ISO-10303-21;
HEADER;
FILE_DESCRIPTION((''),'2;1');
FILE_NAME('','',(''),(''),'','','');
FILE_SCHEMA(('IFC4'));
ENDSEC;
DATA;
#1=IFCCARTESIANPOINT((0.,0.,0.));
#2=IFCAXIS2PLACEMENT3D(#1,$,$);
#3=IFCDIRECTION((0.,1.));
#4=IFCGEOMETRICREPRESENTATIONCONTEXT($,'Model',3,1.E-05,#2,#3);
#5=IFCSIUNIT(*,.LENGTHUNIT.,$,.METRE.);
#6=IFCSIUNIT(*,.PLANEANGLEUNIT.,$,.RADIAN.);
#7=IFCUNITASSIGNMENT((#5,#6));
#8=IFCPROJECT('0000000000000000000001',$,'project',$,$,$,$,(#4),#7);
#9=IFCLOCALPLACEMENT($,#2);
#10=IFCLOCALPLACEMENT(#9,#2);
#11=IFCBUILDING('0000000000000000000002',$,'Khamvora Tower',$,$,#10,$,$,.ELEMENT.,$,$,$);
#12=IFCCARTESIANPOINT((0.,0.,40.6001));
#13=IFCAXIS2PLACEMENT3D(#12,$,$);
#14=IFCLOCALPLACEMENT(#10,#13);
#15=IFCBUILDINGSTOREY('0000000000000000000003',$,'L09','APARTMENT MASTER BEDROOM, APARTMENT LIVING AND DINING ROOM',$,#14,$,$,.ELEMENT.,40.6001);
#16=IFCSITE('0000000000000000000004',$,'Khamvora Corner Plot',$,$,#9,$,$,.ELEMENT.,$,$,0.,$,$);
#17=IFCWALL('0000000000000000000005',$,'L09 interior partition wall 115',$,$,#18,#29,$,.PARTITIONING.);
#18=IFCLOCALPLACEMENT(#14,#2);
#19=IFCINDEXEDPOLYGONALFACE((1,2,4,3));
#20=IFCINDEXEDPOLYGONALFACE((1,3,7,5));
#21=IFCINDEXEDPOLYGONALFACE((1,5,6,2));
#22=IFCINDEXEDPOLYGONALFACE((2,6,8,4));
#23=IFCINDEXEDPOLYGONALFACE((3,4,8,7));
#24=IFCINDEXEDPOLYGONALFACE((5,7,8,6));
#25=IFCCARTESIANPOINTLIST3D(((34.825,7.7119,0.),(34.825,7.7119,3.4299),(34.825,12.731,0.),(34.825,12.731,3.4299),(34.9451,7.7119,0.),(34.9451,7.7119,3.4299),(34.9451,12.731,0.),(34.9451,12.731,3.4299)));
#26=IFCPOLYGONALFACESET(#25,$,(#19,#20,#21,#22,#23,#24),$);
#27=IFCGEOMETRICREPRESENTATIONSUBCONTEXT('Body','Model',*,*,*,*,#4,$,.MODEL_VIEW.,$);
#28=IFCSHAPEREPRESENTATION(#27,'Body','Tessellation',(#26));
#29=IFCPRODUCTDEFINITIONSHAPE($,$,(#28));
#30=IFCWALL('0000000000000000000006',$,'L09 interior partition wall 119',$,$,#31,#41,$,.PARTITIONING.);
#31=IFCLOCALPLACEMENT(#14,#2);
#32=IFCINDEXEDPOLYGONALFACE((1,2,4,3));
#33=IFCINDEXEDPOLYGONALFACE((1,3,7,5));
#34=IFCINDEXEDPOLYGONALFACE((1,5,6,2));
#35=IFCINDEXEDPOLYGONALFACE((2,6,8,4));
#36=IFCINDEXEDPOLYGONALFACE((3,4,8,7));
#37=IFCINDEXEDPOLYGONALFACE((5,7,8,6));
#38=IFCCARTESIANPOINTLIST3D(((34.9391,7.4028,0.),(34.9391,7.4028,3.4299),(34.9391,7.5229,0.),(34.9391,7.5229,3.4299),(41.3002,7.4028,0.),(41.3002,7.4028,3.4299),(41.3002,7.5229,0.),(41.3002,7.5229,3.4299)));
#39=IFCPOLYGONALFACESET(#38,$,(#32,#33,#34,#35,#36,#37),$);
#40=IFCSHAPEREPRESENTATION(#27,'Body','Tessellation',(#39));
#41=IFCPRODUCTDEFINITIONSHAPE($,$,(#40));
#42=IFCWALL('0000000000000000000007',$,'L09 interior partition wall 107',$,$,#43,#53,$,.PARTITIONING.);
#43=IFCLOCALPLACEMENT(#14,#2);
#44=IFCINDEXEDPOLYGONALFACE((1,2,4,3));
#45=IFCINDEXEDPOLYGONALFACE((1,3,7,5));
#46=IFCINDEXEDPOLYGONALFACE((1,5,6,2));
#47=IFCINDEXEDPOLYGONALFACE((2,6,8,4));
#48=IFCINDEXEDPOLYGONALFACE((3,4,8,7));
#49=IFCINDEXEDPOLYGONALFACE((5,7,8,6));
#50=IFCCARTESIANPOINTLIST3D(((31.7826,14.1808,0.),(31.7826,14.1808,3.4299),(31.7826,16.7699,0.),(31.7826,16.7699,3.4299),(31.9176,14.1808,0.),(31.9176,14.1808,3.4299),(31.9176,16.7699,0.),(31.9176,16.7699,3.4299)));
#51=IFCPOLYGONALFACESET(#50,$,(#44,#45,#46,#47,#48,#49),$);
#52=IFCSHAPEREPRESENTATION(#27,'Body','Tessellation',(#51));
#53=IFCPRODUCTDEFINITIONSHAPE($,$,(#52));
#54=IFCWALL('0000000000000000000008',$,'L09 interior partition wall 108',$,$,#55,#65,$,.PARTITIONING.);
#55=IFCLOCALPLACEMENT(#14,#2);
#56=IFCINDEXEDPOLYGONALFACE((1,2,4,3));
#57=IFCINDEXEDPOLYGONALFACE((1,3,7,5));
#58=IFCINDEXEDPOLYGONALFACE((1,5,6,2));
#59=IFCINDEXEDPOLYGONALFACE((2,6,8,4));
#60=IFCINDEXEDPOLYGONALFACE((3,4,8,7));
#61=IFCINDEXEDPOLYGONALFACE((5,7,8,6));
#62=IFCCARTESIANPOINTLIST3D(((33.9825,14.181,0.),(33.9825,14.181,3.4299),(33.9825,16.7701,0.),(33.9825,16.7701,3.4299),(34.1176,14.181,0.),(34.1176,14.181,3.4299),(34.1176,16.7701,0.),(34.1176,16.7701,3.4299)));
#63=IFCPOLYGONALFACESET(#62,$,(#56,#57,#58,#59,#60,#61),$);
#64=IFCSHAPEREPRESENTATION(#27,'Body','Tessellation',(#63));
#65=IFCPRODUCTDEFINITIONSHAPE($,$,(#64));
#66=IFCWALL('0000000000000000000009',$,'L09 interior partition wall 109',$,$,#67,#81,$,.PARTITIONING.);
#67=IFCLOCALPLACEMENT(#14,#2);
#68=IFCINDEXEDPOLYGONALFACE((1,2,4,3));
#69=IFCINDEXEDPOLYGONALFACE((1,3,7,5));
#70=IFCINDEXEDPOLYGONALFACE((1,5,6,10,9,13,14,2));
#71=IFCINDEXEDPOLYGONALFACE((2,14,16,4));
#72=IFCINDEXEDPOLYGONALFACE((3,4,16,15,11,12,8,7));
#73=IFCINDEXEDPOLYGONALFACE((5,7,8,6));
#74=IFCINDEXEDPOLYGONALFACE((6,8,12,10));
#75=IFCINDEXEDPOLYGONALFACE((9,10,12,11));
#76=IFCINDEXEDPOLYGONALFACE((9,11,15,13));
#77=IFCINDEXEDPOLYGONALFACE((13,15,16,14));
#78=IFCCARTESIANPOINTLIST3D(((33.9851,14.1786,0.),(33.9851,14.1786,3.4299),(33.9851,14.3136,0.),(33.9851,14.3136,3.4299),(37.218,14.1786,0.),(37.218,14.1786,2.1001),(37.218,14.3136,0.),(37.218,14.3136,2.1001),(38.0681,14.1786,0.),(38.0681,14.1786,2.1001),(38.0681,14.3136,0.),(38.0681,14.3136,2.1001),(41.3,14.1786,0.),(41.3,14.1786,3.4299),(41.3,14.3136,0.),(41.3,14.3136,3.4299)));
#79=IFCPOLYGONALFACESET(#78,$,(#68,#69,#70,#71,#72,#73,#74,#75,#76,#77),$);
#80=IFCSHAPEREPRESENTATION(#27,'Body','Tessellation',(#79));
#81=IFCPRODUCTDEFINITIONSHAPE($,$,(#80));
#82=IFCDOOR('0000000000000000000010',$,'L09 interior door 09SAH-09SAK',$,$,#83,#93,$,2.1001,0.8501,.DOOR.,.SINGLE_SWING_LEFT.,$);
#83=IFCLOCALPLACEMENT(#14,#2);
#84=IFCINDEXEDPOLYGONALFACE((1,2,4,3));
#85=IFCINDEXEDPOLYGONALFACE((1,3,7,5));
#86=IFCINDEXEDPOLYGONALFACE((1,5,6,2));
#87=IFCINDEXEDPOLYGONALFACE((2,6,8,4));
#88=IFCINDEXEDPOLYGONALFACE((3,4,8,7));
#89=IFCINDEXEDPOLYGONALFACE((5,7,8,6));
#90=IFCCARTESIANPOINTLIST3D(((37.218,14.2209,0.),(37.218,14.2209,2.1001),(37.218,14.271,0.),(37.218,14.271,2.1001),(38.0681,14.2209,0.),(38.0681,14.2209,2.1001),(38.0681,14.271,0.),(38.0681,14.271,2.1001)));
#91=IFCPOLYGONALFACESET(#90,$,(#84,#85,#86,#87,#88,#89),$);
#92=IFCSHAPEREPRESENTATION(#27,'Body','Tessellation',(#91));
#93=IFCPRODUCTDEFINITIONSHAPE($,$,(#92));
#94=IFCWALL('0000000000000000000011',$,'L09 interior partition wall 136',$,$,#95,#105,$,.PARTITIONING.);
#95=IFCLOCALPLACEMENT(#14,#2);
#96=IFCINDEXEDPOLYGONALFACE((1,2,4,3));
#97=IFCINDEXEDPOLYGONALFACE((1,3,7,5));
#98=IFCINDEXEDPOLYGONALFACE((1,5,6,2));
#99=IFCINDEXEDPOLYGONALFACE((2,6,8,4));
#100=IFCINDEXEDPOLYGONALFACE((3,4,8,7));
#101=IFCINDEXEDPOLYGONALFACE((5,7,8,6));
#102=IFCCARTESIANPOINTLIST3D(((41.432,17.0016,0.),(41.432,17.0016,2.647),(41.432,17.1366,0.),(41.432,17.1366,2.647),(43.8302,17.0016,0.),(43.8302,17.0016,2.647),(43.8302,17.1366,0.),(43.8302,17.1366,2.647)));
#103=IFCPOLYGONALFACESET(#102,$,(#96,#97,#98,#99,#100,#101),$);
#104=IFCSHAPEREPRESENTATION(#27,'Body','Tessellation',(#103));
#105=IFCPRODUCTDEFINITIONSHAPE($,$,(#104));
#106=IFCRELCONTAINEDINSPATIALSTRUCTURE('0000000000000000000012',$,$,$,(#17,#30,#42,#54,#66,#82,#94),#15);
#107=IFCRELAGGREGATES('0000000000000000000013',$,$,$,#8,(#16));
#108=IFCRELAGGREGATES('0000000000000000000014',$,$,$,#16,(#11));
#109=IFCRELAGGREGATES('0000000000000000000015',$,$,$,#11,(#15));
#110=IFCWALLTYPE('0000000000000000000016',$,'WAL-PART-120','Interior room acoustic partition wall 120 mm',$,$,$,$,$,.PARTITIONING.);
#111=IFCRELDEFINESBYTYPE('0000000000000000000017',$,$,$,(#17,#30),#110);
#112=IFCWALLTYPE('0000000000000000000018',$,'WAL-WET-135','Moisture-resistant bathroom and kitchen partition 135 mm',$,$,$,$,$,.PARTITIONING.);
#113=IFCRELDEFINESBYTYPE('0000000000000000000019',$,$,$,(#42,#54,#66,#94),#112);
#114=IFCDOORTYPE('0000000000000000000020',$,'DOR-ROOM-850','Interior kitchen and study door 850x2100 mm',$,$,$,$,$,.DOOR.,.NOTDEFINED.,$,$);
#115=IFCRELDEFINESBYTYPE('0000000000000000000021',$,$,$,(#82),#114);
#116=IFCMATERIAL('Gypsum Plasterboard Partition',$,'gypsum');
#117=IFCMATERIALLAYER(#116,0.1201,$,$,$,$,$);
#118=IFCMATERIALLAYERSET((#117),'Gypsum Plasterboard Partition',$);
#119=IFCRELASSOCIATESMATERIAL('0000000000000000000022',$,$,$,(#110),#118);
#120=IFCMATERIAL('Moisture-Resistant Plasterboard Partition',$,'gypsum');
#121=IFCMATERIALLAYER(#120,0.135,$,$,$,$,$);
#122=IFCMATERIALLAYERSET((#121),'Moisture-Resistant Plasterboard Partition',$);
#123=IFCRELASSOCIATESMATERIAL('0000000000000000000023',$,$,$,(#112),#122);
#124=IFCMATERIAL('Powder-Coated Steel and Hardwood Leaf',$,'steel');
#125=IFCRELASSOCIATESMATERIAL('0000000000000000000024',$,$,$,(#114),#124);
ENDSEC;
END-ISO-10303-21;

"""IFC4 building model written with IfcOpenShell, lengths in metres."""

from ifc_helpers import new_model, si_unit, direction, frame, frame_2d, origin, place, context, subcontext, project, spatial, rectangle, extrude, material, layer, layer_set, type_object, element, fill, save


model = new_model("IFC4")

# Units and contexts
model_context = context("Model", 3, precision=1e-05, world=origin(), true_north=direction((0.0, 1.0)))
body_context = subcontext(model_context, "Body", "Model", "MODEL_VIEW")
ifc_project = project(units=[si_unit("LENGTHUNIT", "METRE"), si_unit("PLANEANGLEUNIT", "RADIAN")], contexts=[model_context])

# Site, building, storey
site_placement = place(None, origin())
site = spatial("IfcSite", under=ifc_project, at=site_placement, Name="Khamvora Corner Plot", CompositionType="ELEMENT", RefElevation=0.0)
building_placement = place(site_placement, origin())
building = spatial("IfcBuilding", under=site, at=building_placement, Name="Khamvora Tower", CompositionType="ELEMENT")
storey_placement = place(building_placement, frame((0.0, 0.0, 40.6001)))
storey = spatial("IfcBuildingStorey", under=building, at=storey_placement, Name="L09", Description="APARTMENT MASTER BEDROOM, APARTMENT LIVING AND DINING ROOM", CompositionType="ELEMENT", Elevation=40.6001)

# Shared definitions
ifc_material_1 = material(Name="Powder-Coated Steel and Hardwood Leaf", Category="steel")

# Shared definitions
ifc_material_2 = material(Name="Gypsum Plasterboard Partition", Category="gypsum")
ifc_layer_1 = layer(ifc_material_2, 0.1201)
ifc_layer_set_1 = layer_set([ifc_layer_1], Name="Gypsum Plasterboard Partition")
wall_type_1 = type_object("IfcWallType", Name="WAL-PART-120", Description="Interior room acoustic partition wall 120 mm", PredefinedType="PARTITIONING", material=ifc_layer_set_1)

# Walls
wall_1_placement = place(storey_placement, frame((34.885, 12.731, 0.0), z_axis=(0.0, 0.0, 1.0), x_axis=(0.0, -1.0, 0.0)))
element("IfcWall", 1, at=wall_1_placement, inside=storey, type_object=wall_type_1, Name="L09 interior partition wall 115", PredefinedType="PARTITIONING", context=body_context, shape_type="SweptSolid", body=[
    extrude(rectangle(XDim=5.019, YDim=0.1201, at=frame_2d((2.5095, 0.0))), origin(), (0.0, 0.0, 1.0), 3.4299),
])
wall_2_placement = place(storey_placement, frame((34.939, 7.4629, 0.0), z_axis=(0.0, 0.0, 1.0), x_axis=(1.0, 0.0, 0.0)))
element("IfcWall", 2, at=wall_2_placement, inside=storey, type_object=wall_type_1, Name="L09 interior partition wall 119", PredefinedType="PARTITIONING", context=body_context, shape_type="SweptSolid", body=[
    extrude(rectangle(XDim=6.3611, YDim=0.1201, at=frame_2d((3.1807, 0.0))), origin(), (0.0, 0.0, 1.0), 3.4299),
])
ifc_material_3 = material(Name="Moisture-Resistant Plasterboard Partition", Category="gypsum")
ifc_layer_2 = layer(ifc_material_3, 0.135)
ifc_layer_set_2 = layer_set([ifc_layer_2], Name="Moisture-Resistant Plasterboard Partition")
wall_type_2 = type_object("IfcWallType", Name="WAL-WET-135", Description="Moisture-resistant bathroom and kitchen partition 135 mm", PredefinedType="PARTITIONING", material=ifc_layer_set_2)
for number, where, z_axis, x_axis, name in (
    (3, (31.8501, 14.1809, 0.0), (0.0, 0.0, 1.0), (0.0, 1.0, 0.0), "L09 interior partition wall 107"),
    (4, (34.05, 16.77, 0.0), (0.0, 0.0, 1.0), (0.0, -1.0, 0.0), "L09 interior partition wall 108"),
):
    element("IfcWall", number, at=place(storey_placement, frame(where, z_axis=z_axis, x_axis=x_axis)), inside=storey, type_object=wall_type_2, Name=name, PredefinedType="PARTITIONING", context=body_context, shape_type="SweptSolid", body=[
        extrude(rectangle(XDim=2.5891, YDim=0.135, at=frame_2d((1.2944, 0.0))), origin(), (0.0, 0.0, 1.0), 3.4299),
    ])

# Wall, opening, door
wall_3_placement = place(storey_placement, frame((33.9851, 14.2461, 0.0), z_axis=(0.0, 0.0, 1.0), x_axis=(1.0, 0.0, 0.0)))
wall_3 = element("IfcWall", 5, at=wall_3_placement, inside=storey, type_object=wall_type_2, Name="L09 interior partition wall 109", PredefinedType="PARTITIONING", context=body_context, shape_type="SweptSolid", body=[
    extrude(rectangle(XDim=7.3149, YDim=0.135, at=frame_2d((3.6575, 0.0))), origin(), (0.0, 0.0, 1.0), 3.4299),
])
opening_1_placement = place(wall_3_placement, frame((3.2329, 0.0, 0.0)))
opening_1 = element("IfcOpeningElement", 6, at=opening_1_placement, cuts=wall_3, PredefinedType="OPENING", context=body_context, shape_type="SweptSolid", body=[
    extrude(rectangle(XDim=0.8501, YDim=2.1001, at=frame_2d((0.425, 1.05))), frame((0.0, 0.0774, 0.0), z_axis=(0.0, -1.0, 0.0), x_axis=(1.0, 0.0, 0.0)), (0.0, 0.0, 1.0), 0.155),
])
door_type_1 = type_object("IfcDoorType", Name="DOR-ROOM-850", Description="Interior kitchen and study door 850x2100 mm", OperationType="NOTDEFINED", PredefinedType="DOOR", material=ifc_material_1)
door_1_placement = place(opening_1_placement, origin())
door_1 = element("IfcDoor", 7, at=door_1_placement, inside=storey, type_object=door_type_1, Name="L09 interior door 09SAH-09SAK", OperationType="SINGLE_SWING_LEFT", OverallHeight=2.1001, OverallWidth=0.8501, PredefinedType="DOOR", context=body_context, shape_type="SweptSolid", body=[
    extrude(rectangle(XDim=0.8501, YDim=2.1001, at=frame_2d((0.425, 1.05))), frame((0.0, 0.0249, 0.0), z_axis=(0.0, -1.0, 0.0), x_axis=(1.0, 0.0, 0.0)), (0.0, 0.0, 1.0), 0.05),
])
fill(opening_1, door_1)

# Wall
wall_4_placement = place(storey_placement, frame((41.4319, 17.0691, 0.0), z_axis=(0.0, 0.0, 1.0), x_axis=(1.0, 0.0, 0.0)))
element("IfcWall", 8, at=wall_4_placement, inside=storey, type_object=wall_type_2, Name="L09 interior partition wall 136", PredefinedType="PARTITIONING", context=body_context, shape_type="SweptSolid", body=[
    extrude(rectangle(XDim=2.3982, YDim=0.135, at=frame_2d((1.1992, 0.0))), origin(), (0.0, 0.0, 1.0), 2.647),
])

save(model, "model.ifc")
